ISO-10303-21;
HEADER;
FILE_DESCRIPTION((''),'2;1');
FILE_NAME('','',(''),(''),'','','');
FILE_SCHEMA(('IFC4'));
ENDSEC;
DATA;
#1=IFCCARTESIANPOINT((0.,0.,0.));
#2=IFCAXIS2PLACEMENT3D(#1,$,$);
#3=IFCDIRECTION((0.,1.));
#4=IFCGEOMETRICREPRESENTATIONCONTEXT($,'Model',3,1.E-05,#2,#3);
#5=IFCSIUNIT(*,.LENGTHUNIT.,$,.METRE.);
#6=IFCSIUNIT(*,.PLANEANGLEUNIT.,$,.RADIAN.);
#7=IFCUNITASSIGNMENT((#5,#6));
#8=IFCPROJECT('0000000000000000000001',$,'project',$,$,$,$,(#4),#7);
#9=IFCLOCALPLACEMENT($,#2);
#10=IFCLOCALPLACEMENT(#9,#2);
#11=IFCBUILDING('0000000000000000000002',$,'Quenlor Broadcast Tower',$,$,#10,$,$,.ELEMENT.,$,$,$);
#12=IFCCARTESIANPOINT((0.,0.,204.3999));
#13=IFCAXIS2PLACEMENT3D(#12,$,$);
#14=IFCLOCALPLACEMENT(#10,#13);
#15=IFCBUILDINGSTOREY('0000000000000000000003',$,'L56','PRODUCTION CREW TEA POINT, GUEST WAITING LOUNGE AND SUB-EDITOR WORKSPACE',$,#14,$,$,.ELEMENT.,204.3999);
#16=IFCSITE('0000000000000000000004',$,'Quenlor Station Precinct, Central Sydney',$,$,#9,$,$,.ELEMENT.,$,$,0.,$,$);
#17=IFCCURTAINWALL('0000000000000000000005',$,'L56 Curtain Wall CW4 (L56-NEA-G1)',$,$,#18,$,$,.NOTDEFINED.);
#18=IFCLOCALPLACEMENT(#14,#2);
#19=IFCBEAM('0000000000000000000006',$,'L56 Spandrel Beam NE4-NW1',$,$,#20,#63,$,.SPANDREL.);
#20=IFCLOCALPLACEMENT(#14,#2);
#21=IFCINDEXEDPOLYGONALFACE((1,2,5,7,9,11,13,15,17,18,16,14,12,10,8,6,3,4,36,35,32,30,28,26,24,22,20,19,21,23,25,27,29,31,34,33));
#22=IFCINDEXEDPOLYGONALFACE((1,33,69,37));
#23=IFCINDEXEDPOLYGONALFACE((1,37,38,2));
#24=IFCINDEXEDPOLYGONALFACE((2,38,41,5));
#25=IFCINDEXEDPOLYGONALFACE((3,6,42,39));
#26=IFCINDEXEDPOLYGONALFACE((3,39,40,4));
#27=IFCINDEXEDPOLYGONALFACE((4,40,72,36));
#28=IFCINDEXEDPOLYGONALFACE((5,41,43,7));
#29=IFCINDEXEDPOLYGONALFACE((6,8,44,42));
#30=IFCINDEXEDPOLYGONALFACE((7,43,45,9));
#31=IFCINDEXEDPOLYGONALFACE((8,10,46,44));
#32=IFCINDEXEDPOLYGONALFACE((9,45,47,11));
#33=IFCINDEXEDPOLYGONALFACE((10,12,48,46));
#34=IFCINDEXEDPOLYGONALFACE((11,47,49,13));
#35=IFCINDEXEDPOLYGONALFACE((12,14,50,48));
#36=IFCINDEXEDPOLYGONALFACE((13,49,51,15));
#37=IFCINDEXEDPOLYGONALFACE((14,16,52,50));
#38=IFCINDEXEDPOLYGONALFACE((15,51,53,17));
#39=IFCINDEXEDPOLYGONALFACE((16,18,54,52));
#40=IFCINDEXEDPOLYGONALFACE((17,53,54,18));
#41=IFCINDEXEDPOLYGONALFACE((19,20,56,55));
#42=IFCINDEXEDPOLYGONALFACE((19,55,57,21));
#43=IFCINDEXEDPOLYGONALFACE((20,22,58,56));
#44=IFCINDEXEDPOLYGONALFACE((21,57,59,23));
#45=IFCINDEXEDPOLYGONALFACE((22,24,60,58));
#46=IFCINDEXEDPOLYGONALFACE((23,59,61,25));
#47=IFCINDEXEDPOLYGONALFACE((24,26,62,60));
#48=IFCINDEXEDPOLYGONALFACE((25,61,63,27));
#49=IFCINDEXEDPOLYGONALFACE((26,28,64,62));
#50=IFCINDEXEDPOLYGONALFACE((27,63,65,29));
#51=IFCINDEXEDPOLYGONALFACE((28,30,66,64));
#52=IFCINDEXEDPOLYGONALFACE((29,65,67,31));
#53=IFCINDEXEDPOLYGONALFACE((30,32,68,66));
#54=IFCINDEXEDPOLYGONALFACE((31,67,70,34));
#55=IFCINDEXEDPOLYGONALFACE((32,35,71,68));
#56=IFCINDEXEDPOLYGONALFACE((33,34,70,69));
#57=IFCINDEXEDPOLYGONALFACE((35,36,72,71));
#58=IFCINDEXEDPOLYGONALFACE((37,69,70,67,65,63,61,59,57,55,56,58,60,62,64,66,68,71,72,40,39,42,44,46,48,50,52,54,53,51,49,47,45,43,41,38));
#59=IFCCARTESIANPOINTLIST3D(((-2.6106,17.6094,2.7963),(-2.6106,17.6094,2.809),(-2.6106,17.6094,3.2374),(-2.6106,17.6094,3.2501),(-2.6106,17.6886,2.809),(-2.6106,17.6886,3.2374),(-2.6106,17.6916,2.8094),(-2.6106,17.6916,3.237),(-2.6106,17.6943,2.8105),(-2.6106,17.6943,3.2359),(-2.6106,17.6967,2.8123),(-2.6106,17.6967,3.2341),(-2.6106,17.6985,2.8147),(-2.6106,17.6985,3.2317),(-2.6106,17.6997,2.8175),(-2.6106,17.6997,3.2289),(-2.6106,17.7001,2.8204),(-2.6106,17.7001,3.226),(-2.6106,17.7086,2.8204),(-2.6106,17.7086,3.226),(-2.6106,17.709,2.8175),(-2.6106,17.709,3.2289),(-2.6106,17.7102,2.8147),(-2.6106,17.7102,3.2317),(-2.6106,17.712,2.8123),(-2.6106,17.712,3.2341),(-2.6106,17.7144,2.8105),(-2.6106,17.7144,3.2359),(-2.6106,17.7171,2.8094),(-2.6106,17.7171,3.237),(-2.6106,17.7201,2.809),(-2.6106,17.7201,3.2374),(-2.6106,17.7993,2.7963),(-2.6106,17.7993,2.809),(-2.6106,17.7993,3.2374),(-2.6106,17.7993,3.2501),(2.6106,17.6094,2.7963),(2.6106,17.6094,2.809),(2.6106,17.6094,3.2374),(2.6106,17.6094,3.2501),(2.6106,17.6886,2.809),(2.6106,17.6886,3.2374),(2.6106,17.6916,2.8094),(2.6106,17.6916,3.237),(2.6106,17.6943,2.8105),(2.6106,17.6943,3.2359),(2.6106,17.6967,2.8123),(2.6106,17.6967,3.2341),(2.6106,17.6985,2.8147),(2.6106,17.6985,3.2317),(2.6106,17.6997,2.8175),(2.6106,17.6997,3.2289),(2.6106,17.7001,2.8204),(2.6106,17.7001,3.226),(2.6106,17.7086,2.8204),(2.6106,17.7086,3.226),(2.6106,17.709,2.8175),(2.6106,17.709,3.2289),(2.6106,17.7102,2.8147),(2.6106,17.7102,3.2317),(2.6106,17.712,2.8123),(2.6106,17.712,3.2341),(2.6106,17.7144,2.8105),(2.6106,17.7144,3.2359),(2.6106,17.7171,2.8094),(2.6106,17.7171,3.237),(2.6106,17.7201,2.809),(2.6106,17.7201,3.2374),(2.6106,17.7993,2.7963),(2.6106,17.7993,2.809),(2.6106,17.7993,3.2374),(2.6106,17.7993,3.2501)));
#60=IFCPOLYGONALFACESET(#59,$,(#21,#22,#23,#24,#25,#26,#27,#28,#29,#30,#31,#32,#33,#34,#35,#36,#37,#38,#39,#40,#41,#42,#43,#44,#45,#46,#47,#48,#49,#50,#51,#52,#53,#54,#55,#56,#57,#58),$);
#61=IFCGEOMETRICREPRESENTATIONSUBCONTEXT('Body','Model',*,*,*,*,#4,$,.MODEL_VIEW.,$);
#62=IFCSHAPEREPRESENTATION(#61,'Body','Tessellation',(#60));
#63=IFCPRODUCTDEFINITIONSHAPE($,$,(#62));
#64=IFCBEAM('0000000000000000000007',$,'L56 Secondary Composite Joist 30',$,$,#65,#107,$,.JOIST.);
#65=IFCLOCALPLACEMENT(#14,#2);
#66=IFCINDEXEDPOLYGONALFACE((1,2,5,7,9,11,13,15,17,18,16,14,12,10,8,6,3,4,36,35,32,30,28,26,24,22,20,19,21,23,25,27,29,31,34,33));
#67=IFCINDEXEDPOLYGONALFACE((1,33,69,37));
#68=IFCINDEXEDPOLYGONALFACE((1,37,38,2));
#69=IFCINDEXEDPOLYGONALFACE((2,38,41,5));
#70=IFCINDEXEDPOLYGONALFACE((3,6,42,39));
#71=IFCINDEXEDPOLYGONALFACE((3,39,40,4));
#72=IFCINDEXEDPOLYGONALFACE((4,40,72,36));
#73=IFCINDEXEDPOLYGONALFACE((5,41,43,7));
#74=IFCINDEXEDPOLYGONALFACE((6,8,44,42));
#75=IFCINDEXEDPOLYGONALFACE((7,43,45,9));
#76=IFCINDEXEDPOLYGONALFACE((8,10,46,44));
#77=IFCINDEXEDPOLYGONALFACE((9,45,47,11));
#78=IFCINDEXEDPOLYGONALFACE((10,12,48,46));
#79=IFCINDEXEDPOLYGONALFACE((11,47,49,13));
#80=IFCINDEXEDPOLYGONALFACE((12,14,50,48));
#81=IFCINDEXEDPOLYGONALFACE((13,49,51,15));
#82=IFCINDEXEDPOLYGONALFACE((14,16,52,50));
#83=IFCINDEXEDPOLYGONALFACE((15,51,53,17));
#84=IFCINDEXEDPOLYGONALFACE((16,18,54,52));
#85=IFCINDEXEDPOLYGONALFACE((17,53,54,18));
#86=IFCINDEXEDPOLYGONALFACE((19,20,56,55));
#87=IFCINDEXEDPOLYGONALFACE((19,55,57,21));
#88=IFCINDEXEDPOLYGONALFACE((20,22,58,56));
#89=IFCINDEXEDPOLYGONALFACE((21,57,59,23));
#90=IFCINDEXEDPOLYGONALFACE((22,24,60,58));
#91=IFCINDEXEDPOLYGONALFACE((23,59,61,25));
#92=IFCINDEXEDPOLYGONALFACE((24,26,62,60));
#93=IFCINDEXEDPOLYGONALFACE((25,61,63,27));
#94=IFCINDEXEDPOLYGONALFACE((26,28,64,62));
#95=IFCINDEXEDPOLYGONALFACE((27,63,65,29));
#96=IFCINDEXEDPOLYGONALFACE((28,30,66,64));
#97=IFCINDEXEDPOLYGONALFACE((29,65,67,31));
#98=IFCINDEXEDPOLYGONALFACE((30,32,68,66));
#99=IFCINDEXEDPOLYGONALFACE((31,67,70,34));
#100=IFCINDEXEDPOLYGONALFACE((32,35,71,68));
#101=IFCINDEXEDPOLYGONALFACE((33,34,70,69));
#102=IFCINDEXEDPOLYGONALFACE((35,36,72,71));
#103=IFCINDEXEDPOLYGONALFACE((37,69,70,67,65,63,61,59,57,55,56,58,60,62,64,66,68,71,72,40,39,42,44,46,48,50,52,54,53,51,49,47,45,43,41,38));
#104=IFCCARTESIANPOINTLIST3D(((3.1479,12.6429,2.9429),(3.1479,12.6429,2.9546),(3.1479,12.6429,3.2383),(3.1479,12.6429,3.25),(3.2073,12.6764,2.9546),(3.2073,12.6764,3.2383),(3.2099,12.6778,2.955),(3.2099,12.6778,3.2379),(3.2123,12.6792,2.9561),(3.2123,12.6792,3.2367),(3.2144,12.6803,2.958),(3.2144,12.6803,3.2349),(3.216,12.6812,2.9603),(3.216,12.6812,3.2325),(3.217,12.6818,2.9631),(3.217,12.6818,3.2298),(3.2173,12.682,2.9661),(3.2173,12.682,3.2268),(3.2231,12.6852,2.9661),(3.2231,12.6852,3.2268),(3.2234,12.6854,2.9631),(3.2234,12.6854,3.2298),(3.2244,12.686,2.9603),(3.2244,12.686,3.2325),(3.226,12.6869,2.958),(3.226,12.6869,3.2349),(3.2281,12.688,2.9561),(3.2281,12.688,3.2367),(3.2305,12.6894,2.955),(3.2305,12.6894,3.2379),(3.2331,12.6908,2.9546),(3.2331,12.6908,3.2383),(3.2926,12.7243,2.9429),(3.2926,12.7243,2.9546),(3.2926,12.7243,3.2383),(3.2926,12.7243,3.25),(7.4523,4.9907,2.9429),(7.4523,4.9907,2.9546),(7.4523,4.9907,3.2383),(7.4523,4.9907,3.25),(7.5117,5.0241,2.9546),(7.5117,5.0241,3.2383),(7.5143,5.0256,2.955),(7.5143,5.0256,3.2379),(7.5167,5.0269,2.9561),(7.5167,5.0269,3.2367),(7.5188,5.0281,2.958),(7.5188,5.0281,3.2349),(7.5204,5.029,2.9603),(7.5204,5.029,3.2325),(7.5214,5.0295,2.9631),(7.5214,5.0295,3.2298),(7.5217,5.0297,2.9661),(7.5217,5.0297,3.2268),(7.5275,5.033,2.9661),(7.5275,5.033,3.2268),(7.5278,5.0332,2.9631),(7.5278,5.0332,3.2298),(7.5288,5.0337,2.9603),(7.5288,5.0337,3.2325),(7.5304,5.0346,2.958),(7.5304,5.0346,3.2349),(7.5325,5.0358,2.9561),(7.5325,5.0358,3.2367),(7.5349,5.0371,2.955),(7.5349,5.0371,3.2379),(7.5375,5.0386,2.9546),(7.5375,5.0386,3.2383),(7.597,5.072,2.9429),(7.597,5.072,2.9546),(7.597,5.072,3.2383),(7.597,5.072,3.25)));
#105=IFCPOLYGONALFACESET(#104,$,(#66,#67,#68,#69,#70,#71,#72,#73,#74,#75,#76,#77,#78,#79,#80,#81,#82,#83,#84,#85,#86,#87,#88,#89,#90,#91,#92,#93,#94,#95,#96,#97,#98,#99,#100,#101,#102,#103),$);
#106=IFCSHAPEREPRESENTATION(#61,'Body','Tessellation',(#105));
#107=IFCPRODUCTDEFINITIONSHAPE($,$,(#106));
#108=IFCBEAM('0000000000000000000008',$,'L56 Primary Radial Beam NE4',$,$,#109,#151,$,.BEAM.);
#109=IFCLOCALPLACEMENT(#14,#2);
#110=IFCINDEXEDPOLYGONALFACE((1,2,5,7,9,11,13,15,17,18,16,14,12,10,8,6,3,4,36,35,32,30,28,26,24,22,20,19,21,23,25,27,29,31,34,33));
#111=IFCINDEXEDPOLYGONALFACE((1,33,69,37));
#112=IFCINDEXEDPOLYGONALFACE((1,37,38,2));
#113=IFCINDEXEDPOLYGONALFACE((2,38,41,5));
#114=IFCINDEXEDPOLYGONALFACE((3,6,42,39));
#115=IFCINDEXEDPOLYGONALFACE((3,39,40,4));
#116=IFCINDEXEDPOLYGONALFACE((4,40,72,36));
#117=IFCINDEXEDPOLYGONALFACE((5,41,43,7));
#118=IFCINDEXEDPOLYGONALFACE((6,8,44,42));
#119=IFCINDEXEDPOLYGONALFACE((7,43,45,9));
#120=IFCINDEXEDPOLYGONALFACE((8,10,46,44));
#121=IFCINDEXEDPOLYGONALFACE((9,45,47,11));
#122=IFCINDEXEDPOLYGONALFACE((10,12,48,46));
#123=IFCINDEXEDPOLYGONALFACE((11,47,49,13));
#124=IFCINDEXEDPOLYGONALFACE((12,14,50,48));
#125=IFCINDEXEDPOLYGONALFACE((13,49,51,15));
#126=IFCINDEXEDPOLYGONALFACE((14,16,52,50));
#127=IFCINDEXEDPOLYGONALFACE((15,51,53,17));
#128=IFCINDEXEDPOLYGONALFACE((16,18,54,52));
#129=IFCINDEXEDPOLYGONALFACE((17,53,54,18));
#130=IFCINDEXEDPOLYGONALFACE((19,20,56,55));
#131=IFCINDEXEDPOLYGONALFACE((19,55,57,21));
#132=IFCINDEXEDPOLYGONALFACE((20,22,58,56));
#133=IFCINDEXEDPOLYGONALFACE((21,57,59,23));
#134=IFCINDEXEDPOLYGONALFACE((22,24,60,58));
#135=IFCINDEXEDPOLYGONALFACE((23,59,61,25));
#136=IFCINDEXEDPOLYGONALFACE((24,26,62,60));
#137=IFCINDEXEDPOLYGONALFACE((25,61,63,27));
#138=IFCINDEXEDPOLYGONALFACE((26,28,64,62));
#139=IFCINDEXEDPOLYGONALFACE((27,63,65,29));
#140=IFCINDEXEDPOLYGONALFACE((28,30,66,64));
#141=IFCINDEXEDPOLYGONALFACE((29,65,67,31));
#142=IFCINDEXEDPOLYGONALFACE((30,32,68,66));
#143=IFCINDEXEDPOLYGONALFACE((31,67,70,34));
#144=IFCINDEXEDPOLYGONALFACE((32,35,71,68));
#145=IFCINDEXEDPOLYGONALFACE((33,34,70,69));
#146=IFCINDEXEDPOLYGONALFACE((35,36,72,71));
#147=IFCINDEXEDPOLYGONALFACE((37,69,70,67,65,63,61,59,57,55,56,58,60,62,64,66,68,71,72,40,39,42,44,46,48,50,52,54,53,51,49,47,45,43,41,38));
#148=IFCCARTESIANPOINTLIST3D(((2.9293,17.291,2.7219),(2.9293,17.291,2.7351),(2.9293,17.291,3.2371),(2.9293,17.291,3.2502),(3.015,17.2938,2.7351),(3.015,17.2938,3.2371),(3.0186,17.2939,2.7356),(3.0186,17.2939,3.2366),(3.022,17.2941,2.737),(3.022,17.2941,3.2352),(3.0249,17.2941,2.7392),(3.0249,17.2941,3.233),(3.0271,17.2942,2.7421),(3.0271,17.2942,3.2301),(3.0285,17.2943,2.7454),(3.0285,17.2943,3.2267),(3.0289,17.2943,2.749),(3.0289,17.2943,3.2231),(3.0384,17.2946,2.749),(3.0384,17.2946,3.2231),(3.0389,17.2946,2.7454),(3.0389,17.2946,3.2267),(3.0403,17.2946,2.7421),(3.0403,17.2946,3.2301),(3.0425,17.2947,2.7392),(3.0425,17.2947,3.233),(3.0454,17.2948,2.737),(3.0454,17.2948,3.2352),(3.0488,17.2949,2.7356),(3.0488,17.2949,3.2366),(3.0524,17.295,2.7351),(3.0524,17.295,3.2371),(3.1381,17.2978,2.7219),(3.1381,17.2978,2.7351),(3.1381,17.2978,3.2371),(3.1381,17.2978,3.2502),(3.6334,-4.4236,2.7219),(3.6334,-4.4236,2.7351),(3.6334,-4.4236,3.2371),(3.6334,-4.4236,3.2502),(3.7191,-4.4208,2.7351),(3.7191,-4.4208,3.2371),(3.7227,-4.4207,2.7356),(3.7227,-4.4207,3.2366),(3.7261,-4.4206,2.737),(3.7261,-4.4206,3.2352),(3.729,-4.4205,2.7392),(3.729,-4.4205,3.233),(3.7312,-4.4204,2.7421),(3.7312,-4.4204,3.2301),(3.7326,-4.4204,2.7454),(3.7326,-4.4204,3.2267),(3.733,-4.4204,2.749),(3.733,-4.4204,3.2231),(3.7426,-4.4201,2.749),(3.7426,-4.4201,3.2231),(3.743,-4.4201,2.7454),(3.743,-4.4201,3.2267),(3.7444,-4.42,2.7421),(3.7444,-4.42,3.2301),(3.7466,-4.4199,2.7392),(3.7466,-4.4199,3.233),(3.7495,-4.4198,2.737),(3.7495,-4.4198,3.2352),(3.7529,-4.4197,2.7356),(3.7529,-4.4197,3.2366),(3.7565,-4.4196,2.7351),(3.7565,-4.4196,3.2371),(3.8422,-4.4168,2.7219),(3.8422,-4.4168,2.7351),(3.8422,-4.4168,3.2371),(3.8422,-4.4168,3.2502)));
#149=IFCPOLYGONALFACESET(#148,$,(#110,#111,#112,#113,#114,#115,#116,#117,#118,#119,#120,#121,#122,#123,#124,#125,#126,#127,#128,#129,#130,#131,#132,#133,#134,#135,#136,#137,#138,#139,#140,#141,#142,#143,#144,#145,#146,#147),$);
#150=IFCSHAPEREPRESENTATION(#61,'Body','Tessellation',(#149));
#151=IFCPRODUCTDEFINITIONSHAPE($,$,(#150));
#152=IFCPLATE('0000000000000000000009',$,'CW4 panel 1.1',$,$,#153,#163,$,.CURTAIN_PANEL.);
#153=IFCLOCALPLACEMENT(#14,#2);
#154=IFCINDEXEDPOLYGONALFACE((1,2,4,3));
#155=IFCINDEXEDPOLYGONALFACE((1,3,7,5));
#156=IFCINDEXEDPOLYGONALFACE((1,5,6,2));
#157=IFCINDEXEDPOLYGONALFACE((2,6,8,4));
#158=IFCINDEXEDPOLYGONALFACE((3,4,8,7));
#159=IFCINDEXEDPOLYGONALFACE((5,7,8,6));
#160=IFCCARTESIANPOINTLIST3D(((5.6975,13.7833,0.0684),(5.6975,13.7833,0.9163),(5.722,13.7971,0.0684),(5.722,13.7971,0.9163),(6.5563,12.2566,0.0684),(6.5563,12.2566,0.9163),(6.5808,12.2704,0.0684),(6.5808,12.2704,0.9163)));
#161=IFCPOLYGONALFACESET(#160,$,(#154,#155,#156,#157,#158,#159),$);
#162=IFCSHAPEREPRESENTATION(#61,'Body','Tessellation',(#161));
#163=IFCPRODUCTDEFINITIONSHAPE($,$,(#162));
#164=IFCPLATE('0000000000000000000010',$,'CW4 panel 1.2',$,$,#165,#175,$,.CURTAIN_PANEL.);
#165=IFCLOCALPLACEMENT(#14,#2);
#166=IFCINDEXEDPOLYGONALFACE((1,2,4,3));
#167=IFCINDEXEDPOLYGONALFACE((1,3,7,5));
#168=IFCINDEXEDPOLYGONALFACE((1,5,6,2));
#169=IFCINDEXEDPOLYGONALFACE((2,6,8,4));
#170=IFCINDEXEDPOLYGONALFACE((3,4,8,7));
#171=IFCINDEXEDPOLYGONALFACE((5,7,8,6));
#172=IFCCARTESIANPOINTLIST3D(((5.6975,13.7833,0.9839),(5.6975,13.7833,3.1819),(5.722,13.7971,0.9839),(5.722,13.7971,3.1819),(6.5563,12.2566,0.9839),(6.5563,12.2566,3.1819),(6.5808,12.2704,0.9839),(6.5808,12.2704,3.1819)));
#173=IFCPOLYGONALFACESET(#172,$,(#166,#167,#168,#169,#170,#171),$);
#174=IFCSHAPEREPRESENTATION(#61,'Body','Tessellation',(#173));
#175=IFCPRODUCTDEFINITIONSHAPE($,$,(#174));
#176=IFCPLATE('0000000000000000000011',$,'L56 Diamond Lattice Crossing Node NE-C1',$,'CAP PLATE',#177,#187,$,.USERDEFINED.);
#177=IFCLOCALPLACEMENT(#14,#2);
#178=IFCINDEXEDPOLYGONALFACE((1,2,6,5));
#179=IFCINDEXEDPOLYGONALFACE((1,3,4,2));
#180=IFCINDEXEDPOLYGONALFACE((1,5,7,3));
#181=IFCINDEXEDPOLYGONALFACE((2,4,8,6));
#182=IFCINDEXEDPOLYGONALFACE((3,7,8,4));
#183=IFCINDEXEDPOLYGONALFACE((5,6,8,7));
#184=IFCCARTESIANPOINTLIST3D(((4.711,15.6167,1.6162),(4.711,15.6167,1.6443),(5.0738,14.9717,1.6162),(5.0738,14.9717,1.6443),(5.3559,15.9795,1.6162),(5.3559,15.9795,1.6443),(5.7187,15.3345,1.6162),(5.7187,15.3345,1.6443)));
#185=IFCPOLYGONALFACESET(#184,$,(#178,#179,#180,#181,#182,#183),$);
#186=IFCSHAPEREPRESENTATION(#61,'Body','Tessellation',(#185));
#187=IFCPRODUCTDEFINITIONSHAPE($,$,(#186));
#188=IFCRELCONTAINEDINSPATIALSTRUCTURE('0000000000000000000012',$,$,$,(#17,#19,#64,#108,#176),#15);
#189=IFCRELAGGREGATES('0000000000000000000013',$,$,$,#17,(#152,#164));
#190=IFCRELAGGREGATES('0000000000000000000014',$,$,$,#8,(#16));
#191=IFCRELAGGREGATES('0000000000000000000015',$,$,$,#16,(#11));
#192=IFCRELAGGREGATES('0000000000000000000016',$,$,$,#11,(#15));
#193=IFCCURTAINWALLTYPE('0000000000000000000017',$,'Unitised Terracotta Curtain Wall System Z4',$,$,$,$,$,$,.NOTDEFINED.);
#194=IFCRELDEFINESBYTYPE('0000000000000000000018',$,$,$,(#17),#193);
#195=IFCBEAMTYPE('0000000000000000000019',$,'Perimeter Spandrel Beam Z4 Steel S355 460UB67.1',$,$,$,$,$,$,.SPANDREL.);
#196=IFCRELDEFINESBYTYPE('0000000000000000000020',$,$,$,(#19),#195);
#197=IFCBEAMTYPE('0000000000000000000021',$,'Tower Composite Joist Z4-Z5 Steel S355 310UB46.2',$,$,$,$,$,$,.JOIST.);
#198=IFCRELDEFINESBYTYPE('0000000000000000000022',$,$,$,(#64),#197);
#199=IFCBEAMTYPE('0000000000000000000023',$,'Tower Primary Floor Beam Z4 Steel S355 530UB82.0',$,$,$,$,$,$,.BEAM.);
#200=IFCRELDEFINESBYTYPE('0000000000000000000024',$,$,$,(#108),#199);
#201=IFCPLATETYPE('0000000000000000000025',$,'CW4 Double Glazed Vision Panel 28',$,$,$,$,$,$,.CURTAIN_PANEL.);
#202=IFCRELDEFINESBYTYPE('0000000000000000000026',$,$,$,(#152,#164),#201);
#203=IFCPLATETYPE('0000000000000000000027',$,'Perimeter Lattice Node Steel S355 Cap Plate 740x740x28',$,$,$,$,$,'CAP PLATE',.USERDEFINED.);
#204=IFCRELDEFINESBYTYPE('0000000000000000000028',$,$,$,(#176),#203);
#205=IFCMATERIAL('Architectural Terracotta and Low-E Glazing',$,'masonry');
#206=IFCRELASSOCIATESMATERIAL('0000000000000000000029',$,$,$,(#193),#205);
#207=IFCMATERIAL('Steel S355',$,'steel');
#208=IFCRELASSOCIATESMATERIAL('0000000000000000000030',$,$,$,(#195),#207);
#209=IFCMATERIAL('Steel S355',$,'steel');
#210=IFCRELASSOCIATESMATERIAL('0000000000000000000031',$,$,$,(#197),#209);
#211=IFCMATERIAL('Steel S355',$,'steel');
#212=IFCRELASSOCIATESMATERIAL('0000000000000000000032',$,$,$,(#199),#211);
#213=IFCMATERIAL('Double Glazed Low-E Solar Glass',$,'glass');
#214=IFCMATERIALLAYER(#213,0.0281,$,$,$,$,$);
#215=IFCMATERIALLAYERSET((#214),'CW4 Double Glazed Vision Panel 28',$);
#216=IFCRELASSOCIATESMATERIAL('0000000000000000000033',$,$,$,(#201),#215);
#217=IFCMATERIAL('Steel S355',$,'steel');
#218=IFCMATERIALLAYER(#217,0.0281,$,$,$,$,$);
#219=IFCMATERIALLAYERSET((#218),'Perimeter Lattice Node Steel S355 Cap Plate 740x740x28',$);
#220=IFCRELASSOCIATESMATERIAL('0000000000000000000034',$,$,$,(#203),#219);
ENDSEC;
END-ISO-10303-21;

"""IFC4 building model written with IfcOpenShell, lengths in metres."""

from ifc_helpers import new_model, si_unit, direction, frame, origin, origin_2d, place, context, subcontext, project, spatial, rectangle, i_section, extrude, material, layer, layer_set, material_profile, profile_set, type_object, element, aggregate, save


model = new_model("IFC4")

# Units and contexts
model_context = context("Model", 3, precision=1e-05, world=origin(), true_north=direction((0.0, 1.0)))
body_context = subcontext(model_context, "Body", "Model", "MODEL_VIEW")
ifc_project = project(units=[si_unit("LENGTHUNIT", "METRE"), si_unit("PLANEANGLEUNIT", "RADIAN")], contexts=[model_context])

# Site, building, storey
site_placement = place(None, origin())
site = spatial("IfcSite", under=ifc_project, at=site_placement, Name="Quenlor Station Precinct, Central Sydney", CompositionType="ELEMENT", RefElevation=0.0)
building_placement = place(site_placement, origin())
building = spatial("IfcBuilding", under=site, at=building_placement, Name="Quenlor Broadcast Tower", CompositionType="ELEMENT")
storey_placement = place(building_placement, frame((0.0, 0.0, 204.3999)))
storey = spatial("IfcBuildingStorey", under=building, at=storey_placement, Name="L56", Description="PRODUCTION CREW TEA POINT, GUEST WAITING LOUNGE AND SUB-EDITOR WORKSPACE", CompositionType="ELEMENT", Elevation=204.3999)

# Curtain wall
ifc_material_1 = material(Name="Architectural Terracotta and Low-E Glazing", Category="masonry")
curtain_wall_type = type_object("IfcCurtainWallType", Name="Unitised Terracotta Curtain Wall System Z4", PredefinedType="NOTDEFINED", material=ifc_material_1)
curtain_wall_placement = place(storey_placement, origin())
curtain_wall = element("IfcCurtainWall", 1, at=curtain_wall_placement, inside=storey, type_object=curtain_wall_type, Name="L56 Curtain Wall CW4 (L56-NEA-G1)", PredefinedType="NOTDEFINED")

# Beams
ifc_material_2 = material(Name="Steel S355", Category="steel")
ifc_material_profile_1 = material_profile(ifc_material_2, i_section(OverallWidth=0.1899, OverallDepth=0.4539, WebThickness=0.0085, FlangeThickness=0.0127, FilletRadius=0.0115, at=origin_2d()))
ifc_profile_set_1 = profile_set([ifc_material_profile_1], Name="Steel S355 460UB67.1")
beam_type_1 = type_object("IfcBeamType", Name="Perimeter Spandrel Beam Z4 Steel S355 460UB67.1", PredefinedType="SPANDREL", material=ifc_profile_set_1)
beam_1_placement = place(storey_placement, frame((2.6106, 17.7043, 3.0232), z_axis=(-1.0, 0.0, 0.0), x_axis=(0.0, -1.0, 0.0)))
element("IfcBeam", 2, at=beam_1_placement, inside=storey, type_object=beam_type_1, Name="L56 Spandrel Beam NE4-NW1", PredefinedType="SPANDREL", context=body_context, shape_type="SweptSolid", body=[
    extrude(i_section(OverallWidth=0.1899, OverallDepth=0.4539, WebThickness=0.0085, FlangeThickness=0.0127, FilletRadius=0.0115, at=origin_2d()), origin(), (0.0, 0.0, 1.0), 5.2212),
])
ifc_material_3 = material(Name="Steel S355", Category="steel")
ifc_material_profile_2 = material_profile(ifc_material_3, i_section(OverallWidth=0.166, OverallDepth=0.3071, WebThickness=0.0066, FlangeThickness=0.0117, FilletRadius=0.0115, at=origin_2d()))
ifc_profile_set_2 = profile_set([ifc_material_profile_2], Name="Steel S355 310UB46.2")
beam_type_2 = type_object("IfcBeamType", Name="Tower Composite Joist Z4-Z5 Steel S355 310UB46.2", PredefinedType="JOIST", material=ifc_profile_set_2)
beam_2_placement = place(storey_placement, frame((3.2202, 12.6836, 3.0964), z_axis=(0.490261, -0.871576, 0.0), x_axis=(0.871576, 0.490261, 0.0)))
element("IfcBeam", 3, at=beam_2_placement, inside=storey, type_object=beam_type_2, Name="L56 Secondary Composite Joist 30", PredefinedType="JOIST", context=body_context, shape_type="SweptSolid", body=[
    extrude(i_section(OverallWidth=0.166, OverallDepth=0.3071, WebThickness=0.0066, FlangeThickness=0.0117, FilletRadius=0.0115, at=origin_2d()), origin(), (0.0, 0.0, 1.0), 8.7798),
])
ifc_material_4 = material(Name="Steel S355", Category="steel")
ifc_material_profile_3 = material_profile(ifc_material_4, i_section(OverallWidth=0.209, OverallDepth=0.5283, WebThickness=0.0095, FlangeThickness=0.0132, FilletRadius=0.0139, at=origin_2d()))
ifc_profile_set_3 = profile_set([ifc_material_profile_3], Name="Steel S355 530UB82.0")
beam_type_3 = type_object("IfcBeamType", Name="Tower Primary Floor Beam Z4 Steel S355 530UB82.0", PredefinedType="BEAM", material=ifc_profile_set_3)
beam_3_placement = place(storey_placement, frame((3.0337, 17.2944, 2.9861), z_axis=(0.032408, -0.999475, 0.0), x_axis=(0.999475, 0.032408, 0.0)))
element("IfcBeam", 4, at=beam_3_placement, inside=storey, type_object=beam_type_3, Name="L56 Primary Radial Beam NE4", PredefinedType="BEAM", context=body_context, shape_type="SweptSolid", body=[
    extrude(i_section(OverallWidth=0.209, OverallDepth=0.5283, WebThickness=0.0095, FlangeThickness=0.0132, FilletRadius=0.0139, at=origin_2d()), origin(), (0.0, 0.0, 1.0), 21.7261),
])

# Plates
ifc_material_5 = material(Name="Double Glazed Low-E Solar Glass", Category="glass")
ifc_layer_1 = layer(ifc_material_5, 0.0281)
ifc_layer_set_1 = layer_set([ifc_layer_1], Name="CW4 Double Glazed Vision Panel 28")
plate_type_1 = type_object("IfcPlateType", Name="CW4 Double Glazed Vision Panel 28", PredefinedType="CURTAIN_PANEL", material=ifc_layer_set_1)
plate_1_placement = place(storey_placement, frame((6.1392, 13.0269, 0.0684), z_axis=(0.0, 0.0, 1.0), x_axis=(0.49026, -0.871576, 0.0)))
plate_1 = element("IfcPlate", 5, at=plate_1_placement, type_object=plate_type_1, Name="CW4 panel 1.1", PredefinedType="CURTAIN_PANEL", context=body_context, shape_type="SweptSolid", body=[
    extrude(rectangle(XDim=1.7517, YDim=0.0281, at=origin_2d()), origin(), (0.0, 0.0, 1.0), 0.8479),
])
plate_2_placement = place(storey_placement, frame((6.1392, 13.0269, 0.9839), z_axis=(0.0, 0.0, 1.0), x_axis=(0.49026, -0.871576, 0.0)))
plate_2 = element("IfcPlate", 6, at=plate_2_placement, type_object=plate_type_1, Name="CW4 panel 1.2", PredefinedType="CURTAIN_PANEL", context=body_context, shape_type="SweptSolid", body=[
    extrude(rectangle(XDim=1.7517, YDim=0.0281, at=origin_2d()), origin(), (0.0, 0.0, 1.0), 2.198),
])
aggregate(curtain_wall, [plate_1, plate_2])

# Plate
ifc_material_6 = material(Name="Steel S355", Category="steel")
ifc_layer_2 = layer(ifc_material_6, 0.0281)
ifc_layer_set_2 = layer_set([ifc_layer_2], Name="Perimeter Lattice Node Steel S355 Cap Plate 740x740x28")
plate_type_2 = type_object("IfcPlateType", Name="Perimeter Lattice Node Steel S355 Cap Plate 740x740x28", ElementType="CAP PLATE", PredefinedType="USERDEFINED", material=ifc_layer_set_2)
plate_3_placement = place(storey_placement, frame((5.2148, 15.4756, 1.6162), z_axis=(0.0, 0.0, 1.0), x_axis=(0.490295, -0.871556, 0.0)))
element("IfcPlate", 7, at=plate_3_placement, inside=storey, type_object=plate_type_2, Name="L56 Diamond Lattice Crossing Node NE-C1", ObjectType="CAP PLATE", PredefinedType="USERDEFINED", context=body_context, shape_type="SweptSolid", body=[
    extrude(rectangle(XDim=0.74, YDim=0.74, at=origin_2d()), origin(), (0.0, 0.0, 1.0), 0.0281),
])

save(model, "model.ifc")
